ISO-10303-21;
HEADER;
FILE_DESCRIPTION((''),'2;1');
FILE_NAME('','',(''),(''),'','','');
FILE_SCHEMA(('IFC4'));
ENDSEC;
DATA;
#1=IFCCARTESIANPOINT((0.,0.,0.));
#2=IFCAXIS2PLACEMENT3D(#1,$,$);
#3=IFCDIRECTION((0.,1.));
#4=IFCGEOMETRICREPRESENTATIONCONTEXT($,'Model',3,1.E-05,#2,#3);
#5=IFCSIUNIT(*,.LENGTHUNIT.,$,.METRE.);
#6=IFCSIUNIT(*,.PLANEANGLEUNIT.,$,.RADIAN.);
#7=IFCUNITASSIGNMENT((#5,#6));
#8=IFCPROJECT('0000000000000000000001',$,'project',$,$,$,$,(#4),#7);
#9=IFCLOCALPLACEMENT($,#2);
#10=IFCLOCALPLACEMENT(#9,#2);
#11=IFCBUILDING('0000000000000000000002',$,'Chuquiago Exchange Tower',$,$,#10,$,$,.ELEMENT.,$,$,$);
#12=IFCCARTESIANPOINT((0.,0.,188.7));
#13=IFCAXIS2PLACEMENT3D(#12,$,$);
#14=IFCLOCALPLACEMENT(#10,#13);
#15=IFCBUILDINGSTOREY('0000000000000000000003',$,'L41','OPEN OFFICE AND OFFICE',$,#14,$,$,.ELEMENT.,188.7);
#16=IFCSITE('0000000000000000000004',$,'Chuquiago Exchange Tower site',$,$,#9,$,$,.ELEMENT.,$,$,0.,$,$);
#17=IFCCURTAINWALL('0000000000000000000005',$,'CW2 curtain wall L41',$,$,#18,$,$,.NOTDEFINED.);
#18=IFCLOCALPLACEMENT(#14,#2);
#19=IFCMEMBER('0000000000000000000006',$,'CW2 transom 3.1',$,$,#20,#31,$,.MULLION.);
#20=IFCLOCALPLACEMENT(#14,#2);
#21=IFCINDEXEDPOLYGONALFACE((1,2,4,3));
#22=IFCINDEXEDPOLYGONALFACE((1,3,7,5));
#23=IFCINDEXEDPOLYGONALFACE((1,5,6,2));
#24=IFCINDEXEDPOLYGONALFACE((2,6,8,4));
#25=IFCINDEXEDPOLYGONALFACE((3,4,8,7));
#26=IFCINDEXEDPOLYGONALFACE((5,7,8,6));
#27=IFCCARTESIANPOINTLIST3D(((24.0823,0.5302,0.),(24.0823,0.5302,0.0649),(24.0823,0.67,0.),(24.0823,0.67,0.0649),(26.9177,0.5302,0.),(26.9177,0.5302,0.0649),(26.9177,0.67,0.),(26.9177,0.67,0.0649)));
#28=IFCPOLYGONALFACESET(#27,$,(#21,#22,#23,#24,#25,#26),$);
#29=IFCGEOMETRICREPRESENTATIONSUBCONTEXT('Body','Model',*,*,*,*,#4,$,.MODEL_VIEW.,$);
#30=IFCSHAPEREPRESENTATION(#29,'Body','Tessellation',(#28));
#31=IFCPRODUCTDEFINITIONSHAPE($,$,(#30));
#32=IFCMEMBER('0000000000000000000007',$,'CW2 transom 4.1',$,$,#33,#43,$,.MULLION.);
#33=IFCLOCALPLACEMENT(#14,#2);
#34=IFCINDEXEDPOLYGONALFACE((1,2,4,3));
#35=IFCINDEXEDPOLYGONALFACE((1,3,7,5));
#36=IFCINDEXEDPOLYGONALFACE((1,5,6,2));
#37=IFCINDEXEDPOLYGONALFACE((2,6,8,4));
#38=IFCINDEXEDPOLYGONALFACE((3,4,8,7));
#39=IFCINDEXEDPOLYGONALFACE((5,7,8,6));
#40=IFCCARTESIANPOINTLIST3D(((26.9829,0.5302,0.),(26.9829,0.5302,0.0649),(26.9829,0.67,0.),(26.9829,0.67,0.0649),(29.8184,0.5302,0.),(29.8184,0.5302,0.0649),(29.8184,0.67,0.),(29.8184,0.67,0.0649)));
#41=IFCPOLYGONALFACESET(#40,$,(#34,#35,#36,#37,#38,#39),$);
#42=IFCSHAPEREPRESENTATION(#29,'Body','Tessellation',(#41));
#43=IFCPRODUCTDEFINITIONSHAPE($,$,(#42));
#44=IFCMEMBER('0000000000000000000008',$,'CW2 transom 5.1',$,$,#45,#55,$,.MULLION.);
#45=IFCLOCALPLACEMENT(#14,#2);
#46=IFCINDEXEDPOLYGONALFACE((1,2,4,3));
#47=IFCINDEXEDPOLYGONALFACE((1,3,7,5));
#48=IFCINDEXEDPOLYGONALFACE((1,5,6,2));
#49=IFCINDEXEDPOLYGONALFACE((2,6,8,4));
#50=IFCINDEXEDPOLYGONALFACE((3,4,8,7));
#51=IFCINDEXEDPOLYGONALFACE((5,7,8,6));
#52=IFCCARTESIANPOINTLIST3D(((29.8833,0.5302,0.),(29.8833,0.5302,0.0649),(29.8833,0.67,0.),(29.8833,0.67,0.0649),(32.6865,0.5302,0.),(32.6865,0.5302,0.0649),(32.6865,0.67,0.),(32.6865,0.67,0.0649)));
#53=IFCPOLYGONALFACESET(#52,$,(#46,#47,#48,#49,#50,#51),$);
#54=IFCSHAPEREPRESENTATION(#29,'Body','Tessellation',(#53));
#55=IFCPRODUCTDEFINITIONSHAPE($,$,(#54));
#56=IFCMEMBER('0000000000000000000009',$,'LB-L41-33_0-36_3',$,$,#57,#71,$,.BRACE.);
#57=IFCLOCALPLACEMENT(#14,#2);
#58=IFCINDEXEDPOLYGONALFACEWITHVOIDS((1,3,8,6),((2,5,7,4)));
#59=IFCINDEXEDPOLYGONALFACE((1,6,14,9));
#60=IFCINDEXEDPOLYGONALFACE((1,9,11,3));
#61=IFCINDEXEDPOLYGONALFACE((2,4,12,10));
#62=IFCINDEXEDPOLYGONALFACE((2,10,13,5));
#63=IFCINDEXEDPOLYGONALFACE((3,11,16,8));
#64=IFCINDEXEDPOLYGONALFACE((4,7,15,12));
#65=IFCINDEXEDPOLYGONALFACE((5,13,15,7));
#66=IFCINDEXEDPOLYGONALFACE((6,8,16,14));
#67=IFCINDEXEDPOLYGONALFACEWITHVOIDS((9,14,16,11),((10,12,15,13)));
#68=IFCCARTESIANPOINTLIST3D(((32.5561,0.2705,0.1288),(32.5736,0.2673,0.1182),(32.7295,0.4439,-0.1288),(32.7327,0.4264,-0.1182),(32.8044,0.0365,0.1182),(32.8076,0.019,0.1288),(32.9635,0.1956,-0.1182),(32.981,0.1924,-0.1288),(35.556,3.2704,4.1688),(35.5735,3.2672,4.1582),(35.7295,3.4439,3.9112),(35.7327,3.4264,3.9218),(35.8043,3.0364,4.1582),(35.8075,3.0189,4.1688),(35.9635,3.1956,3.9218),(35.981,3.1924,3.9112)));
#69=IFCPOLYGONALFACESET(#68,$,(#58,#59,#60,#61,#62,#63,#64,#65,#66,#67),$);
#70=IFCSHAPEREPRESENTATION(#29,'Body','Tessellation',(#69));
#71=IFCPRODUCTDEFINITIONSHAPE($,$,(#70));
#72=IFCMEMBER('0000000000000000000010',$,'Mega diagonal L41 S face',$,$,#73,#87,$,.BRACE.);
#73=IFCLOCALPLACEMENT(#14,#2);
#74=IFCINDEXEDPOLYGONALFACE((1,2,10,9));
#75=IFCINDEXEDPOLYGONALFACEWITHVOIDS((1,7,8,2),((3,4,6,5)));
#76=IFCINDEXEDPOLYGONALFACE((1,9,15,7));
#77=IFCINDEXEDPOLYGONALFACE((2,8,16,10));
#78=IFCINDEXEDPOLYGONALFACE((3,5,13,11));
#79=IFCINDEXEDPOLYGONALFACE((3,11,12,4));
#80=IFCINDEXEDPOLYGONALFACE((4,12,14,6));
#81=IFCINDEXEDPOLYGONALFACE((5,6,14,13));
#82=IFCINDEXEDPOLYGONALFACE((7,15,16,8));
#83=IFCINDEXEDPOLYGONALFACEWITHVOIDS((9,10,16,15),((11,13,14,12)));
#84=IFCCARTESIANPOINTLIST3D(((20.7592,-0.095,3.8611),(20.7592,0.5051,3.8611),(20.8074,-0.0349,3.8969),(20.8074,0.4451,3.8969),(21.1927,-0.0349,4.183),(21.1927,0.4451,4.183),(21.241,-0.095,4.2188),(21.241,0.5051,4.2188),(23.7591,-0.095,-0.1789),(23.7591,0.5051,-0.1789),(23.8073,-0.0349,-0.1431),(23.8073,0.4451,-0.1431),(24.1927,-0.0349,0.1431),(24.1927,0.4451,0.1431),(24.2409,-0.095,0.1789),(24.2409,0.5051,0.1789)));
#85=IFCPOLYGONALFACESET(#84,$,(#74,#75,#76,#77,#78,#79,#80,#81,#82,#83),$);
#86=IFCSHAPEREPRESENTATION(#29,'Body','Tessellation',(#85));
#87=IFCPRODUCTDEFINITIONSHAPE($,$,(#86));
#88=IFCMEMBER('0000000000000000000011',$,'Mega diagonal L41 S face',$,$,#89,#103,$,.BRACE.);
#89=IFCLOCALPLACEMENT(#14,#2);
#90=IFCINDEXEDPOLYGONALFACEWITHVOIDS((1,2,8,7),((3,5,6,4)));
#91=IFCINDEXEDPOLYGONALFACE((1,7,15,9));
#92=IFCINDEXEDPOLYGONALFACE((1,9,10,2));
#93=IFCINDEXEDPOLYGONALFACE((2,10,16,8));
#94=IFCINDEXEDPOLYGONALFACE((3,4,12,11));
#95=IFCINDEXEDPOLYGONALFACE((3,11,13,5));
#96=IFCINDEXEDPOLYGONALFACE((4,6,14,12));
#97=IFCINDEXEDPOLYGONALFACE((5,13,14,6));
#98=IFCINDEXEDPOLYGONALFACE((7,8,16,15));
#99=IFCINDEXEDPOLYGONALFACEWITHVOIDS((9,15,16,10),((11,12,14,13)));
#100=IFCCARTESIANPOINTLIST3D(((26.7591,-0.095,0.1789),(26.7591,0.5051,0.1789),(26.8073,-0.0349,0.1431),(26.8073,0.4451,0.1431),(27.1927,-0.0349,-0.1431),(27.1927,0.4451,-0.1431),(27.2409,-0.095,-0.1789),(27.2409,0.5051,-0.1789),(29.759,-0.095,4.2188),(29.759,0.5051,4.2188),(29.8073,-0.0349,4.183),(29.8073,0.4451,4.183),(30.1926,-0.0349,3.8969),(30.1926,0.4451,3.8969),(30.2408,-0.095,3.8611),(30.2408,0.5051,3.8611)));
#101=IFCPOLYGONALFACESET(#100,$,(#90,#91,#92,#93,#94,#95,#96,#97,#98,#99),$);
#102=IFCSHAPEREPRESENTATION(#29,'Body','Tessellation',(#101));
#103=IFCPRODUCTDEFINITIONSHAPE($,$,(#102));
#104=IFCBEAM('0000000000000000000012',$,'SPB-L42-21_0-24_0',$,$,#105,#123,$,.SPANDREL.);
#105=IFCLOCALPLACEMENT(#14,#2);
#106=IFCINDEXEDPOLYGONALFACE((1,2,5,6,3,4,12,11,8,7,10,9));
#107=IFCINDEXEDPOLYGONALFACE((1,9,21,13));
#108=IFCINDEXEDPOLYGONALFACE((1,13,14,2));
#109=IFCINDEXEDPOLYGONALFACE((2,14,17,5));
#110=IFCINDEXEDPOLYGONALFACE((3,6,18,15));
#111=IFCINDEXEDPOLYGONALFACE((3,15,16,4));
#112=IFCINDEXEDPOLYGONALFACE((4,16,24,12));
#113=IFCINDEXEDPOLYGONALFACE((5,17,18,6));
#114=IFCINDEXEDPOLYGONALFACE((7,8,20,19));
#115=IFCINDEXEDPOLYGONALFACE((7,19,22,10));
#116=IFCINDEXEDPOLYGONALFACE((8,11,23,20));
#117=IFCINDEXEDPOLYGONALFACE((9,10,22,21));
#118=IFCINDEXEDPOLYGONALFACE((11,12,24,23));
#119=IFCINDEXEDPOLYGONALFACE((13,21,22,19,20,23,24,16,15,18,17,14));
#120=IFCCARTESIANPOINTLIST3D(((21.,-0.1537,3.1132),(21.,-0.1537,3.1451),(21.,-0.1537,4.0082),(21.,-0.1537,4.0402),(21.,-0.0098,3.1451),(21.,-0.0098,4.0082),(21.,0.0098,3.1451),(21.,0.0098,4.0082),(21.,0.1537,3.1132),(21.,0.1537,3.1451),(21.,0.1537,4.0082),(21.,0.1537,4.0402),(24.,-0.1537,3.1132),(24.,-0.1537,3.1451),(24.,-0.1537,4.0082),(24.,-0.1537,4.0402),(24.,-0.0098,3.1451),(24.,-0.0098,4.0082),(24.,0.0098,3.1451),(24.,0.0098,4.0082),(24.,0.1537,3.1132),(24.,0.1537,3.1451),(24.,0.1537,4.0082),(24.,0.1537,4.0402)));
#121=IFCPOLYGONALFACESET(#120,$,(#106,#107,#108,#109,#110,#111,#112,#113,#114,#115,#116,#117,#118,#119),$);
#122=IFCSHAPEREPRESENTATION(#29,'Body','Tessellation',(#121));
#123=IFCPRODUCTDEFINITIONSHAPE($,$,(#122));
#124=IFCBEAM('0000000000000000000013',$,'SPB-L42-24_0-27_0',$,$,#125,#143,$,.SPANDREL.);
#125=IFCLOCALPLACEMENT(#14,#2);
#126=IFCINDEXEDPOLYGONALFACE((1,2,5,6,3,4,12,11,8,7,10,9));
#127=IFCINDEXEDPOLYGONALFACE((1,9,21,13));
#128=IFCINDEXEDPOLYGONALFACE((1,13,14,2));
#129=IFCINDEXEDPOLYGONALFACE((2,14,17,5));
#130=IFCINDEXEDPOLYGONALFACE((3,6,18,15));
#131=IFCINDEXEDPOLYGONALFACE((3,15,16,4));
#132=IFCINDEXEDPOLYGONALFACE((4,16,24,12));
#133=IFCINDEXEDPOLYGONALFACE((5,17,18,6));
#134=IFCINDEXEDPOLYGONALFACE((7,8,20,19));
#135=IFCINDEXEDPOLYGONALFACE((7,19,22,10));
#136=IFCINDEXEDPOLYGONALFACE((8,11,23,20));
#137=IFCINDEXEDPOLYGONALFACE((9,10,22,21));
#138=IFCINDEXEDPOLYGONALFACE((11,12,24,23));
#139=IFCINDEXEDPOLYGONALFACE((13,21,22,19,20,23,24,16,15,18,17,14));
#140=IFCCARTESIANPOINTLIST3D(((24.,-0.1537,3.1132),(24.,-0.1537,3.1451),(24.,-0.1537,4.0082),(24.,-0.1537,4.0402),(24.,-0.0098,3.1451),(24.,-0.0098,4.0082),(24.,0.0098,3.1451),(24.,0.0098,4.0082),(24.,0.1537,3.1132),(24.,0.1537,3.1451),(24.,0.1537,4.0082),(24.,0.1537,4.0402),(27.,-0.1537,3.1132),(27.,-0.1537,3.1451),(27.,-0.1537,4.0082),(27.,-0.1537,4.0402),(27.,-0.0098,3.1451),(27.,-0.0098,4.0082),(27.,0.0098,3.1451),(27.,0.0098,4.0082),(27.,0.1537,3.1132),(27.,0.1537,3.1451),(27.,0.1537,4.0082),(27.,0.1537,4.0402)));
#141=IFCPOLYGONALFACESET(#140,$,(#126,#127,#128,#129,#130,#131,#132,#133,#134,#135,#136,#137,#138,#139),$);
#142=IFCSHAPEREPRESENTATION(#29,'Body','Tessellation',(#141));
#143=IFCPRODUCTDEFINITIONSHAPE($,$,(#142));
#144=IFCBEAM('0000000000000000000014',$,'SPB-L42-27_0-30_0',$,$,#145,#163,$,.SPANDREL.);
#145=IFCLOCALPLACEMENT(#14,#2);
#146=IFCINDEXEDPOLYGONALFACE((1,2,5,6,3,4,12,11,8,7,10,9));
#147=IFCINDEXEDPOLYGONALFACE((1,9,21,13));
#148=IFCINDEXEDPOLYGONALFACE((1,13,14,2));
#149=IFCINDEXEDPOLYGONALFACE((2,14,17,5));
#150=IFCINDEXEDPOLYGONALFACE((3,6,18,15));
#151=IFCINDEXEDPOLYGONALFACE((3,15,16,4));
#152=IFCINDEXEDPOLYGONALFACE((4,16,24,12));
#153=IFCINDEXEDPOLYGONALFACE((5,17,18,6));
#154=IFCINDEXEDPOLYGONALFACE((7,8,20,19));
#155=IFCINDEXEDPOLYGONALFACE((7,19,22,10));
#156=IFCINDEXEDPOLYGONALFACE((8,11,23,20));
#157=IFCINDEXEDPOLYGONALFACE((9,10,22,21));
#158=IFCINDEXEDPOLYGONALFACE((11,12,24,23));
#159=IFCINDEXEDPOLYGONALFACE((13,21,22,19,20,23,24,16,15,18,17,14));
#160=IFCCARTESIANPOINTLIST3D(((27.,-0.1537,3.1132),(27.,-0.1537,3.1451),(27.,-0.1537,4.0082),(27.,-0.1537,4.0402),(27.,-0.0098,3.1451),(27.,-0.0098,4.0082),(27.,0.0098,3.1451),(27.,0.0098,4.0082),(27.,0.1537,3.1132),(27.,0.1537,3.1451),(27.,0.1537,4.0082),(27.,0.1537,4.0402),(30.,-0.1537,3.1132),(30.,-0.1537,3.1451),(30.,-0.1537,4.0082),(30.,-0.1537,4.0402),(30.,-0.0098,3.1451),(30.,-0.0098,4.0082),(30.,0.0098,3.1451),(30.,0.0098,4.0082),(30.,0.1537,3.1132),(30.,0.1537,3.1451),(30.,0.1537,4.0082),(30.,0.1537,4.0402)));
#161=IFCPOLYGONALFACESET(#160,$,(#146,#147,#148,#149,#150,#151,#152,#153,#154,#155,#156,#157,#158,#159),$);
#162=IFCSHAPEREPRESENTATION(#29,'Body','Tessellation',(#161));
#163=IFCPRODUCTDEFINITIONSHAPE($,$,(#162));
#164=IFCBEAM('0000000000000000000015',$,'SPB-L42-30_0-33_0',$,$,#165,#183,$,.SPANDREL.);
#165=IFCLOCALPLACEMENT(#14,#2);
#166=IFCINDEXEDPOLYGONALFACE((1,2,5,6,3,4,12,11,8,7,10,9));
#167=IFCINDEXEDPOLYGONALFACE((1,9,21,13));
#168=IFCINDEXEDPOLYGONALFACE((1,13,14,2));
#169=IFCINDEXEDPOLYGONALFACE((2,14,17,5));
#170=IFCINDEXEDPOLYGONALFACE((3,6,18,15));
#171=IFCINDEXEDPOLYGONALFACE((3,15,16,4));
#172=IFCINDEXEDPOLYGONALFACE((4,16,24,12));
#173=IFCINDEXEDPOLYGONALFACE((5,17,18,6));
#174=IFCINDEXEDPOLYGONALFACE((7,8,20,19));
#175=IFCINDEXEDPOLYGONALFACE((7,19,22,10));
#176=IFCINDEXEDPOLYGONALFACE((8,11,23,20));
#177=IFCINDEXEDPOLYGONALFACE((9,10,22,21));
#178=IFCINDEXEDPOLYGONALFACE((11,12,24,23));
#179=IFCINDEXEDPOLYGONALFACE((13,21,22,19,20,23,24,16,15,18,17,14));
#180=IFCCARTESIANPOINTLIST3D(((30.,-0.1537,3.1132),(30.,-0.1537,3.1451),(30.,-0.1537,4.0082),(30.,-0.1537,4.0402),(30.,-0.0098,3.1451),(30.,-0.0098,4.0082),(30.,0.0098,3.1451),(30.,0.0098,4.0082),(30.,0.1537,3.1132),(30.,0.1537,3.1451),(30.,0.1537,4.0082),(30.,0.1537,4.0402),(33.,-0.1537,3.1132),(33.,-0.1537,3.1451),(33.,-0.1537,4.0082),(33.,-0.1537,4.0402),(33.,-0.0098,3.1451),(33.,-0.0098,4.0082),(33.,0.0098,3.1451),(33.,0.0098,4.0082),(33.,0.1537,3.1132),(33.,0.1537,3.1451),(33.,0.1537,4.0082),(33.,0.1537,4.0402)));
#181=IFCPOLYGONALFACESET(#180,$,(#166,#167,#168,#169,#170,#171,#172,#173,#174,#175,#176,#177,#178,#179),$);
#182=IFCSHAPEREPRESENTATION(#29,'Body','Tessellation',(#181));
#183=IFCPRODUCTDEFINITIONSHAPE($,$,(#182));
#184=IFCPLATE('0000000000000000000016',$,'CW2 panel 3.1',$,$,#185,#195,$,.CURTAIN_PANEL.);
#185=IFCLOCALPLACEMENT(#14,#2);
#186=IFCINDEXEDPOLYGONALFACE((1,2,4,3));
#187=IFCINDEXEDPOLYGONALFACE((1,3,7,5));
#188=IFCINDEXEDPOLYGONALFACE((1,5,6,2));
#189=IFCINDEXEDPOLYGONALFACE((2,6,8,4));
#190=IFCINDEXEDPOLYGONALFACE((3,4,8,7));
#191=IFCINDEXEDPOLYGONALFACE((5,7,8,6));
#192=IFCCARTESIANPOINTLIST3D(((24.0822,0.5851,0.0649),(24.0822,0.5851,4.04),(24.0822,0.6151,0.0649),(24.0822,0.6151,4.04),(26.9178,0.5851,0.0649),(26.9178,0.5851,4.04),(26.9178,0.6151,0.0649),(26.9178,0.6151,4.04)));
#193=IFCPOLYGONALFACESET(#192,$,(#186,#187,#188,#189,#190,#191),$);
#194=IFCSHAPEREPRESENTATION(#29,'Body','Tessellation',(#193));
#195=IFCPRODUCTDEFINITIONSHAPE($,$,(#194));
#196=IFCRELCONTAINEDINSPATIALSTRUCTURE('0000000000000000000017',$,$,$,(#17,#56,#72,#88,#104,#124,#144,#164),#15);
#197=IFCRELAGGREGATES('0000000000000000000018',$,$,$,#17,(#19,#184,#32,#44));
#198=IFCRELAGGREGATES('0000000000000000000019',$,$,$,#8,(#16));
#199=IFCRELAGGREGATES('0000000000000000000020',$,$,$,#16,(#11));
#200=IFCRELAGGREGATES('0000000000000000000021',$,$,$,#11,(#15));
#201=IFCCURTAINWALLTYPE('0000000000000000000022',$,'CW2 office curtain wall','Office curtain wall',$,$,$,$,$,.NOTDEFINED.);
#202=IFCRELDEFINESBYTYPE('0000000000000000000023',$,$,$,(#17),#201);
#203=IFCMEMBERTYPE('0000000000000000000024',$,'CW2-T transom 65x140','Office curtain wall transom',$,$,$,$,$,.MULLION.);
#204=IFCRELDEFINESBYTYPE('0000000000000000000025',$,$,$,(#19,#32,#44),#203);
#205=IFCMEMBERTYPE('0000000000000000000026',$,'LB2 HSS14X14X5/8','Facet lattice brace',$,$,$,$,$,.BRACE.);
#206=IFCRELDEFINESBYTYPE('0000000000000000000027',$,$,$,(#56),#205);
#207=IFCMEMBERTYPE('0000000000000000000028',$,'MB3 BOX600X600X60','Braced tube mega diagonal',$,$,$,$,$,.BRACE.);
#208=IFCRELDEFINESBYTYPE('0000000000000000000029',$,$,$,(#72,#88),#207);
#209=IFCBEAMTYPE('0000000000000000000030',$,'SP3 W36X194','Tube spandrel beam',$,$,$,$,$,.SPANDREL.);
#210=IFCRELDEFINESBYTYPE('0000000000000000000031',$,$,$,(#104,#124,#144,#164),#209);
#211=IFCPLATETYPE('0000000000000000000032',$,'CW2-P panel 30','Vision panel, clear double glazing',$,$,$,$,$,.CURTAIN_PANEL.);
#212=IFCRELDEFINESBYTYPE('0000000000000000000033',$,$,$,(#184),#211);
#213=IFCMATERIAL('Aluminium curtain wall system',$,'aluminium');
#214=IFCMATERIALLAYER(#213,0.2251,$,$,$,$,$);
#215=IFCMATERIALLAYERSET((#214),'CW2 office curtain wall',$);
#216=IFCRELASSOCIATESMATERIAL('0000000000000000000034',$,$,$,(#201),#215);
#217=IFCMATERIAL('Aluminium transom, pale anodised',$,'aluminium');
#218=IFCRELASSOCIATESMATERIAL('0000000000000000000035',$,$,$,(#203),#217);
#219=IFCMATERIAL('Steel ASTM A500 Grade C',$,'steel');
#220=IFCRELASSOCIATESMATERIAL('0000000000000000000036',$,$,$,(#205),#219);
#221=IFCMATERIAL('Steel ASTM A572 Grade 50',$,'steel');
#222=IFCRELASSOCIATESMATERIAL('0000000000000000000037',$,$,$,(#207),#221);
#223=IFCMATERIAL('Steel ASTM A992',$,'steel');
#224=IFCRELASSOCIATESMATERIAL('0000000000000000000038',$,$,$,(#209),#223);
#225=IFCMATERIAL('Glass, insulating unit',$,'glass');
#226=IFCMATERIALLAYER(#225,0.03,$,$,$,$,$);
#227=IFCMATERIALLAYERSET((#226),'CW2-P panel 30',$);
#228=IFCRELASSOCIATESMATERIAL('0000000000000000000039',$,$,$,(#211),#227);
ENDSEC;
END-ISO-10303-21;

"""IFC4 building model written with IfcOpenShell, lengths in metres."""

from ifc_helpers import new_model, si_unit, direction, frame, origin, origin_2d, place, context, subcontext, project, spatial, rectangle, hollow_rectangle, i_section, extrude, material, layer, layer_set, material_profile, profile_set, type_object, element, aggregate, save


model = new_model("IFC4")

# Units and contexts
model_context = context("Model", 3, precision=1e-05, world=origin(), true_north=direction((0.0, 1.0)))
body_context = subcontext(model_context, "Body", "Model", "MODEL_VIEW")
ifc_project = project(units=[si_unit("LENGTHUNIT", "METRE"), si_unit("PLANEANGLEUNIT", "RADIAN")], contexts=[model_context])

# Site, building, storey
site_placement = place(None, origin())
site = spatial("IfcSite", under=ifc_project, at=site_placement, Name="Chuquiago Exchange Tower site", CompositionType="ELEMENT", RefElevation=0.0)
building_placement = place(site_placement, origin())
building = spatial("IfcBuilding", under=site, at=building_placement, Name="Chuquiago Exchange Tower", CompositionType="ELEMENT")
storey_placement = place(building_placement, frame((0.0, 0.0, 188.7)))
storey = spatial("IfcBuildingStorey", under=building, at=storey_placement, Name="L41", Description="OPEN OFFICE AND OFFICE", CompositionType="ELEMENT", Elevation=188.7)

# Curtain wall, members
ifc_material_1 = material(Name="Aluminium curtain wall system", Category="aluminium")
ifc_layer_1 = layer(ifc_material_1, 0.2251)
ifc_layer_set_1 = layer_set([ifc_layer_1], Name="CW2 office curtain wall")
curtain_wall_type = type_object("IfcCurtainWallType", Name="CW2 office curtain wall", Description="Office curtain wall", PredefinedType="NOTDEFINED", material=ifc_layer_set_1)
curtain_wall_placement = place(storey_placement, origin())
curtain_wall = element("IfcCurtainWall", 1, at=curtain_wall_placement, inside=storey, type_object=curtain_wall_type, Name="CW2 curtain wall L41", PredefinedType="NOTDEFINED")
ifc_material_2 = material(Name="Aluminium transom, pale anodised", Category="aluminium")
ifc_material_profile_1 = material_profile(ifc_material_2, rectangle(XDim=0.1399, YDim=0.0649, at=origin_2d()), Name="AL 140x65")
ifc_profile_set_1 = profile_set([ifc_material_profile_1], Name="Aluminium transom, pale anodised")
member_type_1 = type_object("IfcMemberType", Name="CW2-T transom 65x140", Description="Office curtain wall transom", PredefinedType="MULLION", material=ifc_profile_set_1)
member_1_placement = place(storey_placement, frame((24.0823, 0.6001, 0.0325), z_axis=(1.0, 0.0, 0.0), x_axis=(0.0, 1.0, 0.0)))
member_1 = element("IfcMember", 2, at=member_1_placement, type_object=member_type_1, Name="CW2 transom 3.1", PredefinedType="MULLION", context=body_context, shape_type="SweptSolid", body=[
    extrude(rectangle(XDim=0.1399, YDim=0.0649, at=origin_2d()), origin(), (0.0, 0.0, 1.0), 2.8354),
])
member_2_placement = place(storey_placement, frame((26.9829, 0.6001, 0.0325), z_axis=(1.0, 0.0, 0.0), x_axis=(0.0, 1.0, 0.0)))
member_2 = element("IfcMember", 3, at=member_2_placement, type_object=member_type_1, Name="CW2 transom 4.1", PredefinedType="MULLION", context=body_context, shape_type="SweptSolid", body=[
    extrude(rectangle(XDim=0.1399, YDim=0.0649, at=origin_2d()), origin(), (0.0, 0.0, 1.0), 2.8354),
])
member_3_placement = place(storey_placement, frame((29.8833, 0.6001, 0.0325), z_axis=(1.0, 0.0, 0.0), x_axis=(0.0, 1.0, 0.0)))
member_3 = element("IfcMember", 4, at=member_3_placement, type_object=member_type_1, Name="CW2 transom 5.1", PredefinedType="MULLION", context=body_context, shape_type="SweptSolid", body=[
    extrude(rectangle(XDim=0.1399, YDim=0.0649, at=origin_2d()), origin(), (0.0, 0.0, 1.0), 2.8032),
])

# Members
ifc_material_3 = material(Name="Steel ASTM A500 Grade C", Category="steel")
ifc_material_profile_2 = material_profile(ifc_material_3, hollow_rectangle(XDim=0.3557, YDim=0.3557, WallThickness=0.0146, at=origin_2d()), Name="HSS14X14X5/8")
ifc_profile_set_2 = profile_set([ifc_material_profile_2], Name="Steel ASTM A500 Grade C")
member_type_2 = type_object("IfcMemberType", Name="LB2 HSS14X14X5/8", Description="Facet lattice brace", PredefinedType="BRACE", material=ifc_profile_set_2)
member_4_placement = place(storey_placement, frame((32.7686, 0.2314, 0.0), z_axis=(0.512077, 0.512077, 0.689604), x_axis=(-0.707107, 0.707107, 0.0)))
element("IfcMember", 5, at=member_4_placement, inside=storey, type_object=member_type_2, Name="LB-L41-33_0-36_3", PredefinedType="BRACE", context=body_context, shape_type="SweptSolid", body=[
    extrude(hollow_rectangle(XDim=0.3557, YDim=0.3557, WallThickness=0.0146, at=origin_2d()), origin(), (0.0, 0.0, 1.0), 5.8584),
])
ifc_material_4 = material(Name="Steel ASTM A572 Grade 50", Category="steel")
ifc_material_profile_3 = material_profile(ifc_material_4, hollow_rectangle(XDim=0.6001, YDim=0.6001, WallThickness=0.0601, at=origin_2d()), Name="BOX600X600X60")
ifc_profile_set_3 = profile_set([ifc_material_profile_3], Name="Steel ASTM A572 Grade 50")
member_type_3 = type_object("IfcMemberType", Name="MB3 BOX600X600X60", Description="Braced tube mega diagonal", PredefinedType="BRACE", material=ifc_profile_set_3)
for number, where, z_axis, x_axis, name in (
    (6, (24.0, 0.2051, 0.0), (-0.596174, 0.0, 0.802855), (0.0, -1.0, 0.0), "Mega diagonal L41 S face"),
    (7, (27.0, 0.2051, 0.0), (0.596174, 0.0, 0.802855), (0.0, 1.0, 0.0), "Mega diagonal L41 S face"),
):
    element("IfcMember", number, at=place(storey_placement, frame(where, z_axis=z_axis, x_axis=x_axis)), inside=storey, type_object=member_type_3, Name=name, PredefinedType="BRACE", context=body_context, shape_type="SweptSolid", body=[
        extrude(hollow_rectangle(XDim=0.6001, YDim=0.6001, WallThickness=0.0601, at=origin_2d()), origin(), (0.0, 0.0, 1.0), 5.032),
    ])

# Beams
ifc_material_5 = material(Name="Steel ASTM A992", Category="steel")
ifc_material_profile_4 = material_profile(ifc_material_5, i_section(OverallWidth=0.3074, OverallDepth=0.927, WebThickness=0.0195, FlangeThickness=0.032, at=origin_2d()), Name="W36X194")
ifc_profile_set_4 = profile_set([ifc_material_profile_4], Name="Steel ASTM A992")
beam_type = type_object("IfcBeamType", Name="SP3 W36X194", Description="Tube spandrel beam", PredefinedType="SPANDREL", material=ifc_profile_set_4)
for number, where, z_axis, x_axis, name in (
    (8, (21.0, 0.0, 3.5767), (1.0, 0.0, 0.0), (0.0, 1.0, 0.0), "SPB-L42-21_0-24_0"),
    (9, (24.0, 0.0, 3.5767), (1.0, 0.0, 0.0), (0.0, 1.0, 0.0), "SPB-L42-24_0-27_0"),
    (10, (27.0, 0.0, 3.5767), (1.0, 0.0, 0.0), (0.0, 1.0, 0.0), "SPB-L42-27_0-30_0"),
    (11, (30.0, 0.0, 3.5767), (1.0, 0.0, 0.0), (0.0, 1.0, 0.0), "SPB-L42-30_0-33_0"),
):
    element("IfcBeam", number, at=place(storey_placement, frame(where, z_axis=z_axis, x_axis=x_axis)), inside=storey, type_object=beam_type, Name=name, PredefinedType="SPANDREL", context=body_context, shape_type="SweptSolid", body=[
        extrude(i_section(OverallWidth=0.3074, OverallDepth=0.927, WebThickness=0.0195, FlangeThickness=0.032, at=origin_2d()), origin(), (0.0, 0.0, 1.0), 3.0),
    ])

# Plate
ifc_material_6 = material(Name="Glass, insulating unit", Category="glass")
ifc_layer_2 = layer(ifc_material_6, 0.03)
ifc_layer_set_2 = layer_set([ifc_layer_2], Name="CW2-P panel 30")
plate_type_1 = type_object("IfcPlateType", Name="CW2-P panel 30", Description="Vision panel, clear double glazing", PredefinedType="CURTAIN_PANEL", material=ifc_layer_set_2)
plate_1_placement = place(storey_placement, frame((25.5, 0.6001, 0.0649), z_axis=(0.0, 0.0, 1.0), x_axis=(1.0, 0.0, 0.0)))
plate_1 = element("IfcPlate", 12, at=plate_1_placement, type_object=plate_type_1, Name="CW2 panel 3.1", PredefinedType="CURTAIN_PANEL", context=body_context, shape_type="SweptSolid", body=[
    extrude(rectangle(XDim=2.8357, YDim=0.03, at=origin_2d()), origin(), (0.0, 0.0, 1.0), 3.9751),
])
aggregate(curtain_wall, [member_1, plate_1, member_2, member_3])

save(model, "model.ifc")
